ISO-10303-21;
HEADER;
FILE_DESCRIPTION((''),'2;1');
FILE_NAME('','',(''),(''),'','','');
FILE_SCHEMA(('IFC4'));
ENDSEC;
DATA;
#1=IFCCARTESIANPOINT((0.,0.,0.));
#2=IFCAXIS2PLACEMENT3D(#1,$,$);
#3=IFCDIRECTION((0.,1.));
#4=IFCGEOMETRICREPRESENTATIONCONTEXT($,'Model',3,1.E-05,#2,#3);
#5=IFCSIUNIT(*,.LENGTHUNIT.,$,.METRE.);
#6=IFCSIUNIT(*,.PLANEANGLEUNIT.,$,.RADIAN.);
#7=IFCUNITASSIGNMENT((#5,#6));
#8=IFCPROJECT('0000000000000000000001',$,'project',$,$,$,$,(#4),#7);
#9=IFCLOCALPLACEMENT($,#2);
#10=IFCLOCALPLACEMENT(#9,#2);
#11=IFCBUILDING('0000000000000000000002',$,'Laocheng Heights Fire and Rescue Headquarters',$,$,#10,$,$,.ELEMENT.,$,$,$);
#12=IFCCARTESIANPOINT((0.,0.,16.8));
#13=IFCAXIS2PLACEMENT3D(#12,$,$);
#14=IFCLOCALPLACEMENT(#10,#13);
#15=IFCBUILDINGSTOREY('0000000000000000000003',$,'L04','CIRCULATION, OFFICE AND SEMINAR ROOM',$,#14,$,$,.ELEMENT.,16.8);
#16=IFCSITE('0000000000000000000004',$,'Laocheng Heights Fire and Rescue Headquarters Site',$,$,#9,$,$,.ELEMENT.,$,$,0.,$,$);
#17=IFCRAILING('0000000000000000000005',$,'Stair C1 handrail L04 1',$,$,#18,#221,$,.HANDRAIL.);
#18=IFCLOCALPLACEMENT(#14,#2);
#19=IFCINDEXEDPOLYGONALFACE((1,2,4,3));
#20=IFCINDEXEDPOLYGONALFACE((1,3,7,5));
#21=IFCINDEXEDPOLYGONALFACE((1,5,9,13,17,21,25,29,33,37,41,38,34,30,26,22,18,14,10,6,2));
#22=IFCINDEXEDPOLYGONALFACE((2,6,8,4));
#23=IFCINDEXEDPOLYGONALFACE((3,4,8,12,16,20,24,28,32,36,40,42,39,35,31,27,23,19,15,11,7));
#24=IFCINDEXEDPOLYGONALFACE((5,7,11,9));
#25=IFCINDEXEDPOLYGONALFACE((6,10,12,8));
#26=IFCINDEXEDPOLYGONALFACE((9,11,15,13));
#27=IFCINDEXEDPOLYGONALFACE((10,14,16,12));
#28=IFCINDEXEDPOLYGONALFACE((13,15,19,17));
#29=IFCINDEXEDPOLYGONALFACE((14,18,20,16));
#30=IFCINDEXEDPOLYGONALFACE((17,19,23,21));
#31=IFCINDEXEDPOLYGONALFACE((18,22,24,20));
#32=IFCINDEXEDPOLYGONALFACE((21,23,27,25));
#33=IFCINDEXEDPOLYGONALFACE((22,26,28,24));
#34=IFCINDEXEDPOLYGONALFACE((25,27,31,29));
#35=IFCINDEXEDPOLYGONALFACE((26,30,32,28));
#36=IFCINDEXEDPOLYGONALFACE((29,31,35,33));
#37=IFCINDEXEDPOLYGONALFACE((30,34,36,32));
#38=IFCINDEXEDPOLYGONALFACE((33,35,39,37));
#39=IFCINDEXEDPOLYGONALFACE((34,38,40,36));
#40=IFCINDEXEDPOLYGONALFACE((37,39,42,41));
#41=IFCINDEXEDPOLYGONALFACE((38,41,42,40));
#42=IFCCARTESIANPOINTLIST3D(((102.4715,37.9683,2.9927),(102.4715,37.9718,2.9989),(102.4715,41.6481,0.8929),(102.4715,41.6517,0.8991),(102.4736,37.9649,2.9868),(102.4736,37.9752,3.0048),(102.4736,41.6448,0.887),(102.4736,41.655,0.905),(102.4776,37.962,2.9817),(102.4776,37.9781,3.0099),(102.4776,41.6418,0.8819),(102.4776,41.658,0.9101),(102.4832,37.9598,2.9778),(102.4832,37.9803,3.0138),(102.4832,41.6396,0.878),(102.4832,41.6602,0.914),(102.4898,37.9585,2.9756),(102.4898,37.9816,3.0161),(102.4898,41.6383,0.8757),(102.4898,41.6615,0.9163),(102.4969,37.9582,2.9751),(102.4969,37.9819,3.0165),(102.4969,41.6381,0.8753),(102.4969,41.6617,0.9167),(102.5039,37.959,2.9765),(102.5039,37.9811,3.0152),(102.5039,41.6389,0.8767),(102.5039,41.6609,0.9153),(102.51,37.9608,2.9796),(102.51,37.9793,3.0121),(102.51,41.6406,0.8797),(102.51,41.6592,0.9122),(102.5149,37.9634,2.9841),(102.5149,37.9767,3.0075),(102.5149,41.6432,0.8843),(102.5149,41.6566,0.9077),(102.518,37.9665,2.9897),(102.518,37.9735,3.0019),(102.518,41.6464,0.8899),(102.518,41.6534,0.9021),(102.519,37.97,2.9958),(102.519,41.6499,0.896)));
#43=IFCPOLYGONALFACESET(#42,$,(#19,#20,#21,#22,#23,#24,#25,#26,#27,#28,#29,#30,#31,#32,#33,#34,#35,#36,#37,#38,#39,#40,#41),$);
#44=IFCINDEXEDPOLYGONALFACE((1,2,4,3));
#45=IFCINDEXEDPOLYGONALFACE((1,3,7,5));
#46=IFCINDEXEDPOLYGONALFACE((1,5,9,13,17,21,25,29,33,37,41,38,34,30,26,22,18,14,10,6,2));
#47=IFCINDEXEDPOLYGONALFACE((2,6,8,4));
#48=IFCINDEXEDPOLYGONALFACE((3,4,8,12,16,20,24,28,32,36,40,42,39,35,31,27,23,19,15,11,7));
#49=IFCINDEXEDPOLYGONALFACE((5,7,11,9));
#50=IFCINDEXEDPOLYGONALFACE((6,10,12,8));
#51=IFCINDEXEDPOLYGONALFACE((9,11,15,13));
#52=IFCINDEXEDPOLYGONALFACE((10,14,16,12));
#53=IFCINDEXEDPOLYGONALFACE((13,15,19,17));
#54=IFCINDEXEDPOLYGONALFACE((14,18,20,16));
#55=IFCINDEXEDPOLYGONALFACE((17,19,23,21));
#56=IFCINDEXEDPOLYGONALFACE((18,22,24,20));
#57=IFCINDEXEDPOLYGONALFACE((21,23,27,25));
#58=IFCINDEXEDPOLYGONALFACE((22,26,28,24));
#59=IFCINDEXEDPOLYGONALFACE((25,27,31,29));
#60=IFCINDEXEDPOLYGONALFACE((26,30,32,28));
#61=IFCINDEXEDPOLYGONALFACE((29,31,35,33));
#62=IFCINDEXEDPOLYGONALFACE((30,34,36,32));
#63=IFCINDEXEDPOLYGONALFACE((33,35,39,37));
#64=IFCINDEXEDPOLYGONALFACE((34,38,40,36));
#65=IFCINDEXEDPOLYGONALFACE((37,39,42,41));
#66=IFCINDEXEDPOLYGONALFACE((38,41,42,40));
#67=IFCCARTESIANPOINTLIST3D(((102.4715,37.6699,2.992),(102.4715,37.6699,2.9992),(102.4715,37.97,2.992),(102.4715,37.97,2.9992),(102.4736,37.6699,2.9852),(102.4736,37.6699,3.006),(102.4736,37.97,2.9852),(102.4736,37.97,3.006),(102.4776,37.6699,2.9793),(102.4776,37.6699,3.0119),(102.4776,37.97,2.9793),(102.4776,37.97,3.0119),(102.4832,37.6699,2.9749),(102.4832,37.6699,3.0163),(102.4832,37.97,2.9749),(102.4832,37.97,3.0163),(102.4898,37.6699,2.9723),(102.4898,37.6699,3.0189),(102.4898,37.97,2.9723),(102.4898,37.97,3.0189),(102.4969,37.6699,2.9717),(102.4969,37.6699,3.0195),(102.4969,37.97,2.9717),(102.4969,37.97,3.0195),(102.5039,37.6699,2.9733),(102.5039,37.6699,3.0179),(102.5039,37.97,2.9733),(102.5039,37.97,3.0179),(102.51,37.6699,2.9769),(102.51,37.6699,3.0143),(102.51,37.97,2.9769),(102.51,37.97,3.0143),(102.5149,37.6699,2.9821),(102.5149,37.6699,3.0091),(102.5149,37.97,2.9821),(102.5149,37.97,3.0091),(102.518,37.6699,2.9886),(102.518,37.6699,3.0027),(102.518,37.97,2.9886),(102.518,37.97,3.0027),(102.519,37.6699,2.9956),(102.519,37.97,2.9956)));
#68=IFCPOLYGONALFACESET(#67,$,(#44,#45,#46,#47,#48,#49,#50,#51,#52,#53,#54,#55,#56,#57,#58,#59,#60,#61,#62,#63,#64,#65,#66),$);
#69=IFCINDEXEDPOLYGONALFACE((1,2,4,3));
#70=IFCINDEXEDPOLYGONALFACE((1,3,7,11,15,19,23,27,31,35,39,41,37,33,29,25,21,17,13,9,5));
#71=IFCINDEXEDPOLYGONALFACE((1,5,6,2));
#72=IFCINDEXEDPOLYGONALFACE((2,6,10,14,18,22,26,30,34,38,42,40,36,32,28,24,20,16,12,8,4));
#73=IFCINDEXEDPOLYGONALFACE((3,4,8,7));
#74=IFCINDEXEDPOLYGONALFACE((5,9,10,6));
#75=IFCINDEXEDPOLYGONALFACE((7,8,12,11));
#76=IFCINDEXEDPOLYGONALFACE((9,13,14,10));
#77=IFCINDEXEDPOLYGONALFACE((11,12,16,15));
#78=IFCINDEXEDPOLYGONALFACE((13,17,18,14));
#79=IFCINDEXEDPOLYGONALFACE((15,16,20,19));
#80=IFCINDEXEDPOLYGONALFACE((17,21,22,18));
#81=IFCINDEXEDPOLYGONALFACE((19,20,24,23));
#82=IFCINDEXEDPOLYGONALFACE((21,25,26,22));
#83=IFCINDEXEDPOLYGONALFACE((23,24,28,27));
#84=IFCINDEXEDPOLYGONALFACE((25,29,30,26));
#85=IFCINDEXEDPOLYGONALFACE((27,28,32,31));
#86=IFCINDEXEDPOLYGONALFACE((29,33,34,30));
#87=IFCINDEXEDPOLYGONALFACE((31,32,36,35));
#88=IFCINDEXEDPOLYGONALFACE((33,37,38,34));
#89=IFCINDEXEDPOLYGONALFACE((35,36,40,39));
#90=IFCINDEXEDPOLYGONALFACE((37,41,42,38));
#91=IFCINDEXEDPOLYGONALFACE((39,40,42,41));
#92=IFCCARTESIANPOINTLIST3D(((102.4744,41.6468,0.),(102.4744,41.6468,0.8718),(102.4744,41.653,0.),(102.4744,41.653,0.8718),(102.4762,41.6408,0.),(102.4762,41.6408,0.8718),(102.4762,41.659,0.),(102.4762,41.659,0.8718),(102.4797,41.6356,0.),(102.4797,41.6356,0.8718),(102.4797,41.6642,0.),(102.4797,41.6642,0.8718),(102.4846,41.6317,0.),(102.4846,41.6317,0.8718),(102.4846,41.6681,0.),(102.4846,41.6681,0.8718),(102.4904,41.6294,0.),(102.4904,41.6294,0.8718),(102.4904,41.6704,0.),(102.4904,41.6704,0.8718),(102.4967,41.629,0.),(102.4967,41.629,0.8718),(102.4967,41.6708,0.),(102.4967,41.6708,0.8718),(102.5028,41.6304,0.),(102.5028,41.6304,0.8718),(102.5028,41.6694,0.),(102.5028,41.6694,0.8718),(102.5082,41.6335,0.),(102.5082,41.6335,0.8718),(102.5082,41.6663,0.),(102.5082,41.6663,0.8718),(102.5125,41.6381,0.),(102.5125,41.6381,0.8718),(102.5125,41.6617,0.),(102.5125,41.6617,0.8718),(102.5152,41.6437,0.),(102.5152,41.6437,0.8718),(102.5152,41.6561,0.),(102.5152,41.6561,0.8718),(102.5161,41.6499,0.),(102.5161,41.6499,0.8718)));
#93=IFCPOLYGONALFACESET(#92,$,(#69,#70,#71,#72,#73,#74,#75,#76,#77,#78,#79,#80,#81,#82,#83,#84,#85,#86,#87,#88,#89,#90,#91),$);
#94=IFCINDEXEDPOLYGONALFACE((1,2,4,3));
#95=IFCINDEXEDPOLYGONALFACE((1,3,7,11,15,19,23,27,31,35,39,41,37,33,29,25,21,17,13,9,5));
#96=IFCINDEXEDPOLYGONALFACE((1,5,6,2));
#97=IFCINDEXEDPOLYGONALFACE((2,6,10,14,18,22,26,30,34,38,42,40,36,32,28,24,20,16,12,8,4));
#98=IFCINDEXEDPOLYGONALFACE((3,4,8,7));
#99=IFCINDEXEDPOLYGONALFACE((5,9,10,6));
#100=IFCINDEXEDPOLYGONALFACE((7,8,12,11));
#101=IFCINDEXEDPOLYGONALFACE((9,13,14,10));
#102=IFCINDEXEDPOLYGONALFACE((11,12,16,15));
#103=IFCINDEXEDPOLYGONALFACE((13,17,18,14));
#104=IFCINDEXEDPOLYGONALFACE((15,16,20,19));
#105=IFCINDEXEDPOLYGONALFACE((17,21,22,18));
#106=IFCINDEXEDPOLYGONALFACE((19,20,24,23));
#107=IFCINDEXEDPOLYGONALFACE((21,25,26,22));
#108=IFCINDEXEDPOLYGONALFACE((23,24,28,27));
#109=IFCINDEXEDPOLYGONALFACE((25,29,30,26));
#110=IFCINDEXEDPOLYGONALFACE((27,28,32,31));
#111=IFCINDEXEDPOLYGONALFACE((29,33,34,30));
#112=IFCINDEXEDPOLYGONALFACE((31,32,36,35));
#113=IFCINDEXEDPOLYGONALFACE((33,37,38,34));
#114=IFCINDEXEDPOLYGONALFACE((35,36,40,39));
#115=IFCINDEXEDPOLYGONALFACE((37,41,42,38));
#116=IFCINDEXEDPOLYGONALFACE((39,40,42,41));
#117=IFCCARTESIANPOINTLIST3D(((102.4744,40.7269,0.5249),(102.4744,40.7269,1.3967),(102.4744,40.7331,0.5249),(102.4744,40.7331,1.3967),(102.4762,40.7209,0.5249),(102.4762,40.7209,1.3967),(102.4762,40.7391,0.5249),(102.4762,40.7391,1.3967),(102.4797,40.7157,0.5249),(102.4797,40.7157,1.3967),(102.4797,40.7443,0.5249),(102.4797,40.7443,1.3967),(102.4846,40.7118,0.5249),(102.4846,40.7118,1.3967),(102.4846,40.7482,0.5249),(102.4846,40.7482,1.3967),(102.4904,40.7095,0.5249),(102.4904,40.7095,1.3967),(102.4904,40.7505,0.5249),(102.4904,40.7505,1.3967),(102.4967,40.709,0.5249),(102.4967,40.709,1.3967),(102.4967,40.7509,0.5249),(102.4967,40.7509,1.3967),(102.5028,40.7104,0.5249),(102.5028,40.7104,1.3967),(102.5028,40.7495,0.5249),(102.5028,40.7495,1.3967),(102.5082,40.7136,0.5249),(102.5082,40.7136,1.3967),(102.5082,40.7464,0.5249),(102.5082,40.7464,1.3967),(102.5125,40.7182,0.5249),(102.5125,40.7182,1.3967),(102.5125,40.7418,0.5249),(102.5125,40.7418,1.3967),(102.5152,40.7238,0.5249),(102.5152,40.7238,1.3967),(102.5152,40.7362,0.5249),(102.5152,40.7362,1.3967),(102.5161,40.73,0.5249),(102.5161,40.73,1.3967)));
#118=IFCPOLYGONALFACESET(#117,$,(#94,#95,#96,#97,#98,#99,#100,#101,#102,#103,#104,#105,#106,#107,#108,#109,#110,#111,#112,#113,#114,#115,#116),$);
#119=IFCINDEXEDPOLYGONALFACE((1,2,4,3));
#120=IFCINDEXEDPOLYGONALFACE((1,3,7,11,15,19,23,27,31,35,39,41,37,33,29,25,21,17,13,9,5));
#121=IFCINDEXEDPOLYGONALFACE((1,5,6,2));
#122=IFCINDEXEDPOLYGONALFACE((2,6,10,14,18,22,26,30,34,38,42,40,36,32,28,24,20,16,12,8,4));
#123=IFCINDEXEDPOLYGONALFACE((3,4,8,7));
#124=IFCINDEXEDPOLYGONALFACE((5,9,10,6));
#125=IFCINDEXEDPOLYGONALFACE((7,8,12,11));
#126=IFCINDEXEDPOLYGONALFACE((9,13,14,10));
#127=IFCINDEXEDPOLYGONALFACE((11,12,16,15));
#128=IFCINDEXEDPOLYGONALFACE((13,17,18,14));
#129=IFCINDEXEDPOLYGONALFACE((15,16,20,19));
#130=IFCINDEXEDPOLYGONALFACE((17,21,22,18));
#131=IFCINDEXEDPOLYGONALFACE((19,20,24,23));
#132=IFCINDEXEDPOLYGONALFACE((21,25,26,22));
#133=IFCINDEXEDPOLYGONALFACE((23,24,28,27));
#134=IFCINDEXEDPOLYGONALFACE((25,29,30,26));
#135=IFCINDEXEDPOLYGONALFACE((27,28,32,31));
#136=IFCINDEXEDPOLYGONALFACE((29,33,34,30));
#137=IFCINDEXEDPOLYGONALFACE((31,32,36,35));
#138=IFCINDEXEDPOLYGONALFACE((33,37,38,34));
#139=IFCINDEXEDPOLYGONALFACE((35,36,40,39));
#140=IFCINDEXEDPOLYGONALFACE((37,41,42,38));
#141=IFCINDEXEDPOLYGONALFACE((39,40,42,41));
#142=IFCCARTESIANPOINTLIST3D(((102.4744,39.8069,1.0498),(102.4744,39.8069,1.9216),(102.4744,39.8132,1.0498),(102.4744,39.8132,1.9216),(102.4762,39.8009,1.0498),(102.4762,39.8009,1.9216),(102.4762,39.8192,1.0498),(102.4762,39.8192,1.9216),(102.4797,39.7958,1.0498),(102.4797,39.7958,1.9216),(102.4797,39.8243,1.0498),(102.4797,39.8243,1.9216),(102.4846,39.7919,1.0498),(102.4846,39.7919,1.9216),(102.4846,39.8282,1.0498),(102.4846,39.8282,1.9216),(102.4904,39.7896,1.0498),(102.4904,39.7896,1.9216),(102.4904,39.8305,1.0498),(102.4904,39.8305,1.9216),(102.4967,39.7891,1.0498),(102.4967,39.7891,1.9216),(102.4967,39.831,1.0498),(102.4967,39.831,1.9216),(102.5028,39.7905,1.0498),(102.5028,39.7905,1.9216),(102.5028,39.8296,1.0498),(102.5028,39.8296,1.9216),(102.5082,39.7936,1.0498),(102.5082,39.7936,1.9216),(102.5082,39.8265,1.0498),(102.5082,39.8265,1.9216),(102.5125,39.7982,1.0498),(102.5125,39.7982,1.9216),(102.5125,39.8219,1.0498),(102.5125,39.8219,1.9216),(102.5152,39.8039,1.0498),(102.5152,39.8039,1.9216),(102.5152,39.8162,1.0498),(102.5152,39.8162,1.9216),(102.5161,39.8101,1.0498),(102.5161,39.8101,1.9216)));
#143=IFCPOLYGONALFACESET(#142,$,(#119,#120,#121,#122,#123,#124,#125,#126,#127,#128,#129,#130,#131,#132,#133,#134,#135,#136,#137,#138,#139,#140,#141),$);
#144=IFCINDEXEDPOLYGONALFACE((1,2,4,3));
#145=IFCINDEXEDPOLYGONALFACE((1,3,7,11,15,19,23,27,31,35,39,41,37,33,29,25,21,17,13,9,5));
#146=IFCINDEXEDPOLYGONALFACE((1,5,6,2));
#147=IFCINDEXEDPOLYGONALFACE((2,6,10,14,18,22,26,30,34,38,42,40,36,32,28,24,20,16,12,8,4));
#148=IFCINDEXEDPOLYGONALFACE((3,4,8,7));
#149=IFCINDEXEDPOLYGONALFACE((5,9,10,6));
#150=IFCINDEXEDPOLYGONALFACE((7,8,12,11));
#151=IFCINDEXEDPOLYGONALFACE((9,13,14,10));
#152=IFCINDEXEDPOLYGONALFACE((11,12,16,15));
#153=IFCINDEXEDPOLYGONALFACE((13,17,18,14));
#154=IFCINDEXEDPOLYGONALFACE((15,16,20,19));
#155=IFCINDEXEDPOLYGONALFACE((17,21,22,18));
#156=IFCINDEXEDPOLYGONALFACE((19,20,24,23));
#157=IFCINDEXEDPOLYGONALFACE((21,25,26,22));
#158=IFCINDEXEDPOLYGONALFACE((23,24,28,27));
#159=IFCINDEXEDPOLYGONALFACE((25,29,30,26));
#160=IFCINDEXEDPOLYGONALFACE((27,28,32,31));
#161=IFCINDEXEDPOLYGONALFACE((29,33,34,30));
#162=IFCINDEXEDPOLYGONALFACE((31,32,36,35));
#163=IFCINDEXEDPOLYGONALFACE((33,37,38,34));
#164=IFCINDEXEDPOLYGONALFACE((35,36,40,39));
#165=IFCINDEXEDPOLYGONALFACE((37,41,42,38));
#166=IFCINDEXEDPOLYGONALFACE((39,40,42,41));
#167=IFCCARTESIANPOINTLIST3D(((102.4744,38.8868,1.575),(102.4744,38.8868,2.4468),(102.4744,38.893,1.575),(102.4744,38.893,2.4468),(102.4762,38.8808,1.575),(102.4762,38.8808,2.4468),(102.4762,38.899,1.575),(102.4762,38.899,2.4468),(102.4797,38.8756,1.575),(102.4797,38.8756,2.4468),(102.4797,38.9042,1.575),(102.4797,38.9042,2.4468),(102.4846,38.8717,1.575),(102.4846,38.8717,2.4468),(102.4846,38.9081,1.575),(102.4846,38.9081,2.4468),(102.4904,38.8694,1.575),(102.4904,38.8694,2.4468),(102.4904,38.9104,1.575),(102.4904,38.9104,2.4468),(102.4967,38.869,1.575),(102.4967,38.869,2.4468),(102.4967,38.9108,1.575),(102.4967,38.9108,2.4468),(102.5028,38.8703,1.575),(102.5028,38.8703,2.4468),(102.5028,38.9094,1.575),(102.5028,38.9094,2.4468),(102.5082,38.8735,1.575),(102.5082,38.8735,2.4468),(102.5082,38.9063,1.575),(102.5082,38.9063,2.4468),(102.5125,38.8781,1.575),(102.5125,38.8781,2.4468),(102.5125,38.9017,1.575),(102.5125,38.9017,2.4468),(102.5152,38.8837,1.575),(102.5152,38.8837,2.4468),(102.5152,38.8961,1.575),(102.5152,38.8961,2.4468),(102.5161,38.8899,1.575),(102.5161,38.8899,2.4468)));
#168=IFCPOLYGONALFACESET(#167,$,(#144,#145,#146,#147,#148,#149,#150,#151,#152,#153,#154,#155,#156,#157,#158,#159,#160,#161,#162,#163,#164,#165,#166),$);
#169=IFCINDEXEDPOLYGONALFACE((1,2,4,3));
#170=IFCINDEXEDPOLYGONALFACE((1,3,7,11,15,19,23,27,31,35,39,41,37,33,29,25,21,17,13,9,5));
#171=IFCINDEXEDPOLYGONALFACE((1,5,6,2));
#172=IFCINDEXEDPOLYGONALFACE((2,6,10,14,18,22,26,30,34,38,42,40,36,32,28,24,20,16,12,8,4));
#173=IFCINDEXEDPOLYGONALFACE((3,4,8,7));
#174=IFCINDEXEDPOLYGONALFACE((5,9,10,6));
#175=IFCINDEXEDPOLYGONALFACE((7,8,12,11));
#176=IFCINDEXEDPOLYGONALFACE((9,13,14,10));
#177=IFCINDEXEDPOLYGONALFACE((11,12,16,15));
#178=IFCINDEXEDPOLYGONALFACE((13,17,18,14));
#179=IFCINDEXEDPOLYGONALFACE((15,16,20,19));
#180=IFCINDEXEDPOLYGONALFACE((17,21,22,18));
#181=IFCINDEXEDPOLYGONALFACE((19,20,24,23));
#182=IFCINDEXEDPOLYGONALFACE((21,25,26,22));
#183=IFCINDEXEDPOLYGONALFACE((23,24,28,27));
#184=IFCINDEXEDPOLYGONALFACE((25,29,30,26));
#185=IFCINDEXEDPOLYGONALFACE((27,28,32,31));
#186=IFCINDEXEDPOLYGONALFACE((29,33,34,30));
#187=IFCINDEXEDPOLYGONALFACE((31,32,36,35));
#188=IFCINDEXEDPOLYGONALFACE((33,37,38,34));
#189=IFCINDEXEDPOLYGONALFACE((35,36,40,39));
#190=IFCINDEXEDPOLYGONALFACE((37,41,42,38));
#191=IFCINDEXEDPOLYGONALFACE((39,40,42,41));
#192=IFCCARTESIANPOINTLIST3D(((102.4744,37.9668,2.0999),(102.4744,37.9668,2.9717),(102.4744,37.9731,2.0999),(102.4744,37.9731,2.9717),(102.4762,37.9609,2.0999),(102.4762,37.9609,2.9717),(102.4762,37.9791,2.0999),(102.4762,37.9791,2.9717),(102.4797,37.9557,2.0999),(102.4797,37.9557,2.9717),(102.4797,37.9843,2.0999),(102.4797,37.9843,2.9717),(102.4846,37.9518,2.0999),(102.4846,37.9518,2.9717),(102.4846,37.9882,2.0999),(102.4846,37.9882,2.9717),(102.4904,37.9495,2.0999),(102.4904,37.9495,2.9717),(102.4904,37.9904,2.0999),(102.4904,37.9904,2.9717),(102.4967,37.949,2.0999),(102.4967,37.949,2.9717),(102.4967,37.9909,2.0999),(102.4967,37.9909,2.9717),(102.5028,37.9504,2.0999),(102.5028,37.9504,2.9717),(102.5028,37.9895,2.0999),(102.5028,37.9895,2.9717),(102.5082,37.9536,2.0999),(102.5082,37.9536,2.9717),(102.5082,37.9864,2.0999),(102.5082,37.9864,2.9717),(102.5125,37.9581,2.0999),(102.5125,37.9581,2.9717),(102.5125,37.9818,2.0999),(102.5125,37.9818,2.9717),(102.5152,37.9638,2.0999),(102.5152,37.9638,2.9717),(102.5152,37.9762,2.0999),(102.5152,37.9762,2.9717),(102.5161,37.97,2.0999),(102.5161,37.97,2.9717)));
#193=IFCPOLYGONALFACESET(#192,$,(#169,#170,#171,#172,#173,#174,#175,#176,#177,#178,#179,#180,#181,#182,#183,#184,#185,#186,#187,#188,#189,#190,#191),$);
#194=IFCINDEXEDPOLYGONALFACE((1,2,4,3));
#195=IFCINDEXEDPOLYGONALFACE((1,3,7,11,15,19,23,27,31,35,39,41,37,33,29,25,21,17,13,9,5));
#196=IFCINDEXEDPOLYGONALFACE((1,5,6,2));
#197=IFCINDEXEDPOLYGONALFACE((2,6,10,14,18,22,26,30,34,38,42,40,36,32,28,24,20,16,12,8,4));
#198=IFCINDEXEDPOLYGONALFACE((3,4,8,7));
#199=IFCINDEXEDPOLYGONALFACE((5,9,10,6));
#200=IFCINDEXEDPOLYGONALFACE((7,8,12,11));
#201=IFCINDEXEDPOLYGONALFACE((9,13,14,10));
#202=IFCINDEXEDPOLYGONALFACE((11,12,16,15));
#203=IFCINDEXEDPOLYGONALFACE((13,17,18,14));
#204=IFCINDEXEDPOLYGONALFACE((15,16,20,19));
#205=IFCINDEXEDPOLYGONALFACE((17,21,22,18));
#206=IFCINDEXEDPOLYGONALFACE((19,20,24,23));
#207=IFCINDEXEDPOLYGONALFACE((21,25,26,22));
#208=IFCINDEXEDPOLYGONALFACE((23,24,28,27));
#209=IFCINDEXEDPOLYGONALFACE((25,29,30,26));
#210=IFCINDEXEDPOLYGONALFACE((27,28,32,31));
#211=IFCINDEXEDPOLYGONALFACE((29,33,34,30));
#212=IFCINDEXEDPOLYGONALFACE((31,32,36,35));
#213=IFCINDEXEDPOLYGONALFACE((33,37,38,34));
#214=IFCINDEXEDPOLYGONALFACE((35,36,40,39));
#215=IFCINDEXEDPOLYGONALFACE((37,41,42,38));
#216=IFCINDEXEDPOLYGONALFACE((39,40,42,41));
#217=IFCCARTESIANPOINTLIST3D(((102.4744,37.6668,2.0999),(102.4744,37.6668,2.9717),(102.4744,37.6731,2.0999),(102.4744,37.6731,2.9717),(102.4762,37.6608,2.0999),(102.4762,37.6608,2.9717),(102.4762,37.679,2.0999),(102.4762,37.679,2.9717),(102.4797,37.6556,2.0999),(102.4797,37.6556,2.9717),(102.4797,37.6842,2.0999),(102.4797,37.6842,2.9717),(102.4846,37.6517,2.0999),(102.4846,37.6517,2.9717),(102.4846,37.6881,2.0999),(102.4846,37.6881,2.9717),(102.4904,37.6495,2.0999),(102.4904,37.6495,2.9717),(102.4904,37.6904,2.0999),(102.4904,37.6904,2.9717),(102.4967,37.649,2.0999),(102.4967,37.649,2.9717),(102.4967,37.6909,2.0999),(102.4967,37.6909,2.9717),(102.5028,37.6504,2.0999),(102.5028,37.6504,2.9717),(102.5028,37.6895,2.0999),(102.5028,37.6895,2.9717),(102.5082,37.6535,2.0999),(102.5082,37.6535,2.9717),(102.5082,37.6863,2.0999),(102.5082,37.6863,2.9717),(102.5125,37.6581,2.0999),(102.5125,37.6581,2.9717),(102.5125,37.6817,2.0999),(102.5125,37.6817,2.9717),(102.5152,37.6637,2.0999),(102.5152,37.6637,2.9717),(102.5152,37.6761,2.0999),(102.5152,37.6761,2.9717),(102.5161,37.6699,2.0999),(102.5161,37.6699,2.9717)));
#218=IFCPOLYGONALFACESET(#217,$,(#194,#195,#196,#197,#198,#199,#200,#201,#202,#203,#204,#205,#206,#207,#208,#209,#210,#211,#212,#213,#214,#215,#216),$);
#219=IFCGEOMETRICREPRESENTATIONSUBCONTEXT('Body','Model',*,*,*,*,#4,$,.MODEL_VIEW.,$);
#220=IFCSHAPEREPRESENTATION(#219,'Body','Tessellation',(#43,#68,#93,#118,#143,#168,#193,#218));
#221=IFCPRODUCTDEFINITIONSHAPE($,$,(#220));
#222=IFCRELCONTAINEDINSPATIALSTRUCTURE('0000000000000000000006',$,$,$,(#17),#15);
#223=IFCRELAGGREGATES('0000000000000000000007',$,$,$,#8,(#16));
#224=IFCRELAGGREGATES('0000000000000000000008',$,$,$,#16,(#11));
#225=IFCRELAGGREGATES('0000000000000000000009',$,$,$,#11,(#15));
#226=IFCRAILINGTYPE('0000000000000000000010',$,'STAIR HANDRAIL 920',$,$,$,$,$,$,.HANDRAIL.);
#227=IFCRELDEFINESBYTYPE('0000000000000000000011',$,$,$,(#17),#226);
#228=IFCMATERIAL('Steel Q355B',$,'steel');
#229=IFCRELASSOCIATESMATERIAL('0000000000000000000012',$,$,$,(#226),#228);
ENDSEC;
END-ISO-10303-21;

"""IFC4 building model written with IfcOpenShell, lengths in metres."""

from ifc_helpers import new_model, si_unit, direction, frame, origin, origin_2d, place, context, subcontext, project, spatial, circle, extrude, material, type_object, element, save


model = new_model("IFC4")

# Units and contexts
model_context = context("Model", 3, precision=1e-05, world=origin(), true_north=direction((0.0, 1.0)))
body_context = subcontext(model_context, "Body", "Model", "MODEL_VIEW")
ifc_project = project(units=[si_unit("LENGTHUNIT", "METRE"), si_unit("PLANEANGLEUNIT", "RADIAN")], contexts=[model_context])

# Site, building, storey
site_placement = place(None, origin())
site = spatial("IfcSite", under=ifc_project, at=site_placement, Name="Laocheng Heights Fire and Rescue Headquarters Site", CompositionType="ELEMENT", RefElevation=0.0)
building_placement = place(site_placement, origin())
building = spatial("IfcBuilding", under=site, at=building_placement, Name="Laocheng Heights Fire and Rescue Headquarters", CompositionType="ELEMENT")
storey_placement = place(building_placement, frame((0.0, 0.0, 16.8)))
storey = spatial("IfcBuildingStorey", under=building, at=storey_placement, Name="L04", Description="CIRCULATION, OFFICE AND SEMINAR ROOM", CompositionType="ELEMENT", Elevation=16.8)

# Railing
ifc_material_1 = material(Name="Steel Q355B", Category="steel")
railing_type = type_object("IfcRailingType", Name="STAIR HANDRAIL 920", PredefinedType="HANDRAIL", material=ifc_material_1)
railing_placement = place(storey_placement, frame((102.4951, 41.6499, 0.0)))
element("IfcRailing", 1, at=railing_placement, inside=storey, type_object=railing_type, Name="Stair C1 handrail L04 1", PredefinedType="HANDRAIL", context=body_context, shape_type="SweptSolid", body=[
    extrude(circle(Radius=0.0239, at=origin_2d()), frame((0.0, 0.0, 0.896), z_axis=(0.0, -0.868544, 0.495611), x_axis=(1.0, 0.0, 0.0)), (0.0, 0.0, 1.0), 4.2368),
    extrude(circle(Radius=0.0239, at=origin_2d()), frame((0.0, -3.6799, 2.9956), z_axis=(0.0, -1.0, 0.0), x_axis=(1.0, 0.0, 0.0)), (0.0, 0.0, 1.0), 0.3),
    extrude(circle(Radius=0.021, at=origin_2d()), origin(), (0.0, 0.0, 1.0), 0.8718),
    extrude(circle(Radius=0.021, at=origin_2d()), frame((0.0, -0.9199, 0.5249)), (0.0, 0.0, 1.0), 0.8718),
    extrude(circle(Radius=0.021, at=origin_2d()), frame((0.0, -1.8398, 1.0498)), (0.0, 0.0, 1.0), 0.8718),
    extrude(circle(Radius=0.021, at=origin_2d()), frame((0.0, -2.76, 1.575)), (0.0, 0.0, 1.0), 0.8718),
    extrude(circle(Radius=0.021, at=origin_2d()), frame((0.0, -3.6799, 2.0999)), (0.0, 0.0, 1.0), 0.8718),
    extrude(circle(Radius=0.021, at=origin_2d()), frame((0.0, -3.98, 2.0999)), (0.0, 0.0, 1.0), 0.8718),
])

save(model, "model.ifc")
